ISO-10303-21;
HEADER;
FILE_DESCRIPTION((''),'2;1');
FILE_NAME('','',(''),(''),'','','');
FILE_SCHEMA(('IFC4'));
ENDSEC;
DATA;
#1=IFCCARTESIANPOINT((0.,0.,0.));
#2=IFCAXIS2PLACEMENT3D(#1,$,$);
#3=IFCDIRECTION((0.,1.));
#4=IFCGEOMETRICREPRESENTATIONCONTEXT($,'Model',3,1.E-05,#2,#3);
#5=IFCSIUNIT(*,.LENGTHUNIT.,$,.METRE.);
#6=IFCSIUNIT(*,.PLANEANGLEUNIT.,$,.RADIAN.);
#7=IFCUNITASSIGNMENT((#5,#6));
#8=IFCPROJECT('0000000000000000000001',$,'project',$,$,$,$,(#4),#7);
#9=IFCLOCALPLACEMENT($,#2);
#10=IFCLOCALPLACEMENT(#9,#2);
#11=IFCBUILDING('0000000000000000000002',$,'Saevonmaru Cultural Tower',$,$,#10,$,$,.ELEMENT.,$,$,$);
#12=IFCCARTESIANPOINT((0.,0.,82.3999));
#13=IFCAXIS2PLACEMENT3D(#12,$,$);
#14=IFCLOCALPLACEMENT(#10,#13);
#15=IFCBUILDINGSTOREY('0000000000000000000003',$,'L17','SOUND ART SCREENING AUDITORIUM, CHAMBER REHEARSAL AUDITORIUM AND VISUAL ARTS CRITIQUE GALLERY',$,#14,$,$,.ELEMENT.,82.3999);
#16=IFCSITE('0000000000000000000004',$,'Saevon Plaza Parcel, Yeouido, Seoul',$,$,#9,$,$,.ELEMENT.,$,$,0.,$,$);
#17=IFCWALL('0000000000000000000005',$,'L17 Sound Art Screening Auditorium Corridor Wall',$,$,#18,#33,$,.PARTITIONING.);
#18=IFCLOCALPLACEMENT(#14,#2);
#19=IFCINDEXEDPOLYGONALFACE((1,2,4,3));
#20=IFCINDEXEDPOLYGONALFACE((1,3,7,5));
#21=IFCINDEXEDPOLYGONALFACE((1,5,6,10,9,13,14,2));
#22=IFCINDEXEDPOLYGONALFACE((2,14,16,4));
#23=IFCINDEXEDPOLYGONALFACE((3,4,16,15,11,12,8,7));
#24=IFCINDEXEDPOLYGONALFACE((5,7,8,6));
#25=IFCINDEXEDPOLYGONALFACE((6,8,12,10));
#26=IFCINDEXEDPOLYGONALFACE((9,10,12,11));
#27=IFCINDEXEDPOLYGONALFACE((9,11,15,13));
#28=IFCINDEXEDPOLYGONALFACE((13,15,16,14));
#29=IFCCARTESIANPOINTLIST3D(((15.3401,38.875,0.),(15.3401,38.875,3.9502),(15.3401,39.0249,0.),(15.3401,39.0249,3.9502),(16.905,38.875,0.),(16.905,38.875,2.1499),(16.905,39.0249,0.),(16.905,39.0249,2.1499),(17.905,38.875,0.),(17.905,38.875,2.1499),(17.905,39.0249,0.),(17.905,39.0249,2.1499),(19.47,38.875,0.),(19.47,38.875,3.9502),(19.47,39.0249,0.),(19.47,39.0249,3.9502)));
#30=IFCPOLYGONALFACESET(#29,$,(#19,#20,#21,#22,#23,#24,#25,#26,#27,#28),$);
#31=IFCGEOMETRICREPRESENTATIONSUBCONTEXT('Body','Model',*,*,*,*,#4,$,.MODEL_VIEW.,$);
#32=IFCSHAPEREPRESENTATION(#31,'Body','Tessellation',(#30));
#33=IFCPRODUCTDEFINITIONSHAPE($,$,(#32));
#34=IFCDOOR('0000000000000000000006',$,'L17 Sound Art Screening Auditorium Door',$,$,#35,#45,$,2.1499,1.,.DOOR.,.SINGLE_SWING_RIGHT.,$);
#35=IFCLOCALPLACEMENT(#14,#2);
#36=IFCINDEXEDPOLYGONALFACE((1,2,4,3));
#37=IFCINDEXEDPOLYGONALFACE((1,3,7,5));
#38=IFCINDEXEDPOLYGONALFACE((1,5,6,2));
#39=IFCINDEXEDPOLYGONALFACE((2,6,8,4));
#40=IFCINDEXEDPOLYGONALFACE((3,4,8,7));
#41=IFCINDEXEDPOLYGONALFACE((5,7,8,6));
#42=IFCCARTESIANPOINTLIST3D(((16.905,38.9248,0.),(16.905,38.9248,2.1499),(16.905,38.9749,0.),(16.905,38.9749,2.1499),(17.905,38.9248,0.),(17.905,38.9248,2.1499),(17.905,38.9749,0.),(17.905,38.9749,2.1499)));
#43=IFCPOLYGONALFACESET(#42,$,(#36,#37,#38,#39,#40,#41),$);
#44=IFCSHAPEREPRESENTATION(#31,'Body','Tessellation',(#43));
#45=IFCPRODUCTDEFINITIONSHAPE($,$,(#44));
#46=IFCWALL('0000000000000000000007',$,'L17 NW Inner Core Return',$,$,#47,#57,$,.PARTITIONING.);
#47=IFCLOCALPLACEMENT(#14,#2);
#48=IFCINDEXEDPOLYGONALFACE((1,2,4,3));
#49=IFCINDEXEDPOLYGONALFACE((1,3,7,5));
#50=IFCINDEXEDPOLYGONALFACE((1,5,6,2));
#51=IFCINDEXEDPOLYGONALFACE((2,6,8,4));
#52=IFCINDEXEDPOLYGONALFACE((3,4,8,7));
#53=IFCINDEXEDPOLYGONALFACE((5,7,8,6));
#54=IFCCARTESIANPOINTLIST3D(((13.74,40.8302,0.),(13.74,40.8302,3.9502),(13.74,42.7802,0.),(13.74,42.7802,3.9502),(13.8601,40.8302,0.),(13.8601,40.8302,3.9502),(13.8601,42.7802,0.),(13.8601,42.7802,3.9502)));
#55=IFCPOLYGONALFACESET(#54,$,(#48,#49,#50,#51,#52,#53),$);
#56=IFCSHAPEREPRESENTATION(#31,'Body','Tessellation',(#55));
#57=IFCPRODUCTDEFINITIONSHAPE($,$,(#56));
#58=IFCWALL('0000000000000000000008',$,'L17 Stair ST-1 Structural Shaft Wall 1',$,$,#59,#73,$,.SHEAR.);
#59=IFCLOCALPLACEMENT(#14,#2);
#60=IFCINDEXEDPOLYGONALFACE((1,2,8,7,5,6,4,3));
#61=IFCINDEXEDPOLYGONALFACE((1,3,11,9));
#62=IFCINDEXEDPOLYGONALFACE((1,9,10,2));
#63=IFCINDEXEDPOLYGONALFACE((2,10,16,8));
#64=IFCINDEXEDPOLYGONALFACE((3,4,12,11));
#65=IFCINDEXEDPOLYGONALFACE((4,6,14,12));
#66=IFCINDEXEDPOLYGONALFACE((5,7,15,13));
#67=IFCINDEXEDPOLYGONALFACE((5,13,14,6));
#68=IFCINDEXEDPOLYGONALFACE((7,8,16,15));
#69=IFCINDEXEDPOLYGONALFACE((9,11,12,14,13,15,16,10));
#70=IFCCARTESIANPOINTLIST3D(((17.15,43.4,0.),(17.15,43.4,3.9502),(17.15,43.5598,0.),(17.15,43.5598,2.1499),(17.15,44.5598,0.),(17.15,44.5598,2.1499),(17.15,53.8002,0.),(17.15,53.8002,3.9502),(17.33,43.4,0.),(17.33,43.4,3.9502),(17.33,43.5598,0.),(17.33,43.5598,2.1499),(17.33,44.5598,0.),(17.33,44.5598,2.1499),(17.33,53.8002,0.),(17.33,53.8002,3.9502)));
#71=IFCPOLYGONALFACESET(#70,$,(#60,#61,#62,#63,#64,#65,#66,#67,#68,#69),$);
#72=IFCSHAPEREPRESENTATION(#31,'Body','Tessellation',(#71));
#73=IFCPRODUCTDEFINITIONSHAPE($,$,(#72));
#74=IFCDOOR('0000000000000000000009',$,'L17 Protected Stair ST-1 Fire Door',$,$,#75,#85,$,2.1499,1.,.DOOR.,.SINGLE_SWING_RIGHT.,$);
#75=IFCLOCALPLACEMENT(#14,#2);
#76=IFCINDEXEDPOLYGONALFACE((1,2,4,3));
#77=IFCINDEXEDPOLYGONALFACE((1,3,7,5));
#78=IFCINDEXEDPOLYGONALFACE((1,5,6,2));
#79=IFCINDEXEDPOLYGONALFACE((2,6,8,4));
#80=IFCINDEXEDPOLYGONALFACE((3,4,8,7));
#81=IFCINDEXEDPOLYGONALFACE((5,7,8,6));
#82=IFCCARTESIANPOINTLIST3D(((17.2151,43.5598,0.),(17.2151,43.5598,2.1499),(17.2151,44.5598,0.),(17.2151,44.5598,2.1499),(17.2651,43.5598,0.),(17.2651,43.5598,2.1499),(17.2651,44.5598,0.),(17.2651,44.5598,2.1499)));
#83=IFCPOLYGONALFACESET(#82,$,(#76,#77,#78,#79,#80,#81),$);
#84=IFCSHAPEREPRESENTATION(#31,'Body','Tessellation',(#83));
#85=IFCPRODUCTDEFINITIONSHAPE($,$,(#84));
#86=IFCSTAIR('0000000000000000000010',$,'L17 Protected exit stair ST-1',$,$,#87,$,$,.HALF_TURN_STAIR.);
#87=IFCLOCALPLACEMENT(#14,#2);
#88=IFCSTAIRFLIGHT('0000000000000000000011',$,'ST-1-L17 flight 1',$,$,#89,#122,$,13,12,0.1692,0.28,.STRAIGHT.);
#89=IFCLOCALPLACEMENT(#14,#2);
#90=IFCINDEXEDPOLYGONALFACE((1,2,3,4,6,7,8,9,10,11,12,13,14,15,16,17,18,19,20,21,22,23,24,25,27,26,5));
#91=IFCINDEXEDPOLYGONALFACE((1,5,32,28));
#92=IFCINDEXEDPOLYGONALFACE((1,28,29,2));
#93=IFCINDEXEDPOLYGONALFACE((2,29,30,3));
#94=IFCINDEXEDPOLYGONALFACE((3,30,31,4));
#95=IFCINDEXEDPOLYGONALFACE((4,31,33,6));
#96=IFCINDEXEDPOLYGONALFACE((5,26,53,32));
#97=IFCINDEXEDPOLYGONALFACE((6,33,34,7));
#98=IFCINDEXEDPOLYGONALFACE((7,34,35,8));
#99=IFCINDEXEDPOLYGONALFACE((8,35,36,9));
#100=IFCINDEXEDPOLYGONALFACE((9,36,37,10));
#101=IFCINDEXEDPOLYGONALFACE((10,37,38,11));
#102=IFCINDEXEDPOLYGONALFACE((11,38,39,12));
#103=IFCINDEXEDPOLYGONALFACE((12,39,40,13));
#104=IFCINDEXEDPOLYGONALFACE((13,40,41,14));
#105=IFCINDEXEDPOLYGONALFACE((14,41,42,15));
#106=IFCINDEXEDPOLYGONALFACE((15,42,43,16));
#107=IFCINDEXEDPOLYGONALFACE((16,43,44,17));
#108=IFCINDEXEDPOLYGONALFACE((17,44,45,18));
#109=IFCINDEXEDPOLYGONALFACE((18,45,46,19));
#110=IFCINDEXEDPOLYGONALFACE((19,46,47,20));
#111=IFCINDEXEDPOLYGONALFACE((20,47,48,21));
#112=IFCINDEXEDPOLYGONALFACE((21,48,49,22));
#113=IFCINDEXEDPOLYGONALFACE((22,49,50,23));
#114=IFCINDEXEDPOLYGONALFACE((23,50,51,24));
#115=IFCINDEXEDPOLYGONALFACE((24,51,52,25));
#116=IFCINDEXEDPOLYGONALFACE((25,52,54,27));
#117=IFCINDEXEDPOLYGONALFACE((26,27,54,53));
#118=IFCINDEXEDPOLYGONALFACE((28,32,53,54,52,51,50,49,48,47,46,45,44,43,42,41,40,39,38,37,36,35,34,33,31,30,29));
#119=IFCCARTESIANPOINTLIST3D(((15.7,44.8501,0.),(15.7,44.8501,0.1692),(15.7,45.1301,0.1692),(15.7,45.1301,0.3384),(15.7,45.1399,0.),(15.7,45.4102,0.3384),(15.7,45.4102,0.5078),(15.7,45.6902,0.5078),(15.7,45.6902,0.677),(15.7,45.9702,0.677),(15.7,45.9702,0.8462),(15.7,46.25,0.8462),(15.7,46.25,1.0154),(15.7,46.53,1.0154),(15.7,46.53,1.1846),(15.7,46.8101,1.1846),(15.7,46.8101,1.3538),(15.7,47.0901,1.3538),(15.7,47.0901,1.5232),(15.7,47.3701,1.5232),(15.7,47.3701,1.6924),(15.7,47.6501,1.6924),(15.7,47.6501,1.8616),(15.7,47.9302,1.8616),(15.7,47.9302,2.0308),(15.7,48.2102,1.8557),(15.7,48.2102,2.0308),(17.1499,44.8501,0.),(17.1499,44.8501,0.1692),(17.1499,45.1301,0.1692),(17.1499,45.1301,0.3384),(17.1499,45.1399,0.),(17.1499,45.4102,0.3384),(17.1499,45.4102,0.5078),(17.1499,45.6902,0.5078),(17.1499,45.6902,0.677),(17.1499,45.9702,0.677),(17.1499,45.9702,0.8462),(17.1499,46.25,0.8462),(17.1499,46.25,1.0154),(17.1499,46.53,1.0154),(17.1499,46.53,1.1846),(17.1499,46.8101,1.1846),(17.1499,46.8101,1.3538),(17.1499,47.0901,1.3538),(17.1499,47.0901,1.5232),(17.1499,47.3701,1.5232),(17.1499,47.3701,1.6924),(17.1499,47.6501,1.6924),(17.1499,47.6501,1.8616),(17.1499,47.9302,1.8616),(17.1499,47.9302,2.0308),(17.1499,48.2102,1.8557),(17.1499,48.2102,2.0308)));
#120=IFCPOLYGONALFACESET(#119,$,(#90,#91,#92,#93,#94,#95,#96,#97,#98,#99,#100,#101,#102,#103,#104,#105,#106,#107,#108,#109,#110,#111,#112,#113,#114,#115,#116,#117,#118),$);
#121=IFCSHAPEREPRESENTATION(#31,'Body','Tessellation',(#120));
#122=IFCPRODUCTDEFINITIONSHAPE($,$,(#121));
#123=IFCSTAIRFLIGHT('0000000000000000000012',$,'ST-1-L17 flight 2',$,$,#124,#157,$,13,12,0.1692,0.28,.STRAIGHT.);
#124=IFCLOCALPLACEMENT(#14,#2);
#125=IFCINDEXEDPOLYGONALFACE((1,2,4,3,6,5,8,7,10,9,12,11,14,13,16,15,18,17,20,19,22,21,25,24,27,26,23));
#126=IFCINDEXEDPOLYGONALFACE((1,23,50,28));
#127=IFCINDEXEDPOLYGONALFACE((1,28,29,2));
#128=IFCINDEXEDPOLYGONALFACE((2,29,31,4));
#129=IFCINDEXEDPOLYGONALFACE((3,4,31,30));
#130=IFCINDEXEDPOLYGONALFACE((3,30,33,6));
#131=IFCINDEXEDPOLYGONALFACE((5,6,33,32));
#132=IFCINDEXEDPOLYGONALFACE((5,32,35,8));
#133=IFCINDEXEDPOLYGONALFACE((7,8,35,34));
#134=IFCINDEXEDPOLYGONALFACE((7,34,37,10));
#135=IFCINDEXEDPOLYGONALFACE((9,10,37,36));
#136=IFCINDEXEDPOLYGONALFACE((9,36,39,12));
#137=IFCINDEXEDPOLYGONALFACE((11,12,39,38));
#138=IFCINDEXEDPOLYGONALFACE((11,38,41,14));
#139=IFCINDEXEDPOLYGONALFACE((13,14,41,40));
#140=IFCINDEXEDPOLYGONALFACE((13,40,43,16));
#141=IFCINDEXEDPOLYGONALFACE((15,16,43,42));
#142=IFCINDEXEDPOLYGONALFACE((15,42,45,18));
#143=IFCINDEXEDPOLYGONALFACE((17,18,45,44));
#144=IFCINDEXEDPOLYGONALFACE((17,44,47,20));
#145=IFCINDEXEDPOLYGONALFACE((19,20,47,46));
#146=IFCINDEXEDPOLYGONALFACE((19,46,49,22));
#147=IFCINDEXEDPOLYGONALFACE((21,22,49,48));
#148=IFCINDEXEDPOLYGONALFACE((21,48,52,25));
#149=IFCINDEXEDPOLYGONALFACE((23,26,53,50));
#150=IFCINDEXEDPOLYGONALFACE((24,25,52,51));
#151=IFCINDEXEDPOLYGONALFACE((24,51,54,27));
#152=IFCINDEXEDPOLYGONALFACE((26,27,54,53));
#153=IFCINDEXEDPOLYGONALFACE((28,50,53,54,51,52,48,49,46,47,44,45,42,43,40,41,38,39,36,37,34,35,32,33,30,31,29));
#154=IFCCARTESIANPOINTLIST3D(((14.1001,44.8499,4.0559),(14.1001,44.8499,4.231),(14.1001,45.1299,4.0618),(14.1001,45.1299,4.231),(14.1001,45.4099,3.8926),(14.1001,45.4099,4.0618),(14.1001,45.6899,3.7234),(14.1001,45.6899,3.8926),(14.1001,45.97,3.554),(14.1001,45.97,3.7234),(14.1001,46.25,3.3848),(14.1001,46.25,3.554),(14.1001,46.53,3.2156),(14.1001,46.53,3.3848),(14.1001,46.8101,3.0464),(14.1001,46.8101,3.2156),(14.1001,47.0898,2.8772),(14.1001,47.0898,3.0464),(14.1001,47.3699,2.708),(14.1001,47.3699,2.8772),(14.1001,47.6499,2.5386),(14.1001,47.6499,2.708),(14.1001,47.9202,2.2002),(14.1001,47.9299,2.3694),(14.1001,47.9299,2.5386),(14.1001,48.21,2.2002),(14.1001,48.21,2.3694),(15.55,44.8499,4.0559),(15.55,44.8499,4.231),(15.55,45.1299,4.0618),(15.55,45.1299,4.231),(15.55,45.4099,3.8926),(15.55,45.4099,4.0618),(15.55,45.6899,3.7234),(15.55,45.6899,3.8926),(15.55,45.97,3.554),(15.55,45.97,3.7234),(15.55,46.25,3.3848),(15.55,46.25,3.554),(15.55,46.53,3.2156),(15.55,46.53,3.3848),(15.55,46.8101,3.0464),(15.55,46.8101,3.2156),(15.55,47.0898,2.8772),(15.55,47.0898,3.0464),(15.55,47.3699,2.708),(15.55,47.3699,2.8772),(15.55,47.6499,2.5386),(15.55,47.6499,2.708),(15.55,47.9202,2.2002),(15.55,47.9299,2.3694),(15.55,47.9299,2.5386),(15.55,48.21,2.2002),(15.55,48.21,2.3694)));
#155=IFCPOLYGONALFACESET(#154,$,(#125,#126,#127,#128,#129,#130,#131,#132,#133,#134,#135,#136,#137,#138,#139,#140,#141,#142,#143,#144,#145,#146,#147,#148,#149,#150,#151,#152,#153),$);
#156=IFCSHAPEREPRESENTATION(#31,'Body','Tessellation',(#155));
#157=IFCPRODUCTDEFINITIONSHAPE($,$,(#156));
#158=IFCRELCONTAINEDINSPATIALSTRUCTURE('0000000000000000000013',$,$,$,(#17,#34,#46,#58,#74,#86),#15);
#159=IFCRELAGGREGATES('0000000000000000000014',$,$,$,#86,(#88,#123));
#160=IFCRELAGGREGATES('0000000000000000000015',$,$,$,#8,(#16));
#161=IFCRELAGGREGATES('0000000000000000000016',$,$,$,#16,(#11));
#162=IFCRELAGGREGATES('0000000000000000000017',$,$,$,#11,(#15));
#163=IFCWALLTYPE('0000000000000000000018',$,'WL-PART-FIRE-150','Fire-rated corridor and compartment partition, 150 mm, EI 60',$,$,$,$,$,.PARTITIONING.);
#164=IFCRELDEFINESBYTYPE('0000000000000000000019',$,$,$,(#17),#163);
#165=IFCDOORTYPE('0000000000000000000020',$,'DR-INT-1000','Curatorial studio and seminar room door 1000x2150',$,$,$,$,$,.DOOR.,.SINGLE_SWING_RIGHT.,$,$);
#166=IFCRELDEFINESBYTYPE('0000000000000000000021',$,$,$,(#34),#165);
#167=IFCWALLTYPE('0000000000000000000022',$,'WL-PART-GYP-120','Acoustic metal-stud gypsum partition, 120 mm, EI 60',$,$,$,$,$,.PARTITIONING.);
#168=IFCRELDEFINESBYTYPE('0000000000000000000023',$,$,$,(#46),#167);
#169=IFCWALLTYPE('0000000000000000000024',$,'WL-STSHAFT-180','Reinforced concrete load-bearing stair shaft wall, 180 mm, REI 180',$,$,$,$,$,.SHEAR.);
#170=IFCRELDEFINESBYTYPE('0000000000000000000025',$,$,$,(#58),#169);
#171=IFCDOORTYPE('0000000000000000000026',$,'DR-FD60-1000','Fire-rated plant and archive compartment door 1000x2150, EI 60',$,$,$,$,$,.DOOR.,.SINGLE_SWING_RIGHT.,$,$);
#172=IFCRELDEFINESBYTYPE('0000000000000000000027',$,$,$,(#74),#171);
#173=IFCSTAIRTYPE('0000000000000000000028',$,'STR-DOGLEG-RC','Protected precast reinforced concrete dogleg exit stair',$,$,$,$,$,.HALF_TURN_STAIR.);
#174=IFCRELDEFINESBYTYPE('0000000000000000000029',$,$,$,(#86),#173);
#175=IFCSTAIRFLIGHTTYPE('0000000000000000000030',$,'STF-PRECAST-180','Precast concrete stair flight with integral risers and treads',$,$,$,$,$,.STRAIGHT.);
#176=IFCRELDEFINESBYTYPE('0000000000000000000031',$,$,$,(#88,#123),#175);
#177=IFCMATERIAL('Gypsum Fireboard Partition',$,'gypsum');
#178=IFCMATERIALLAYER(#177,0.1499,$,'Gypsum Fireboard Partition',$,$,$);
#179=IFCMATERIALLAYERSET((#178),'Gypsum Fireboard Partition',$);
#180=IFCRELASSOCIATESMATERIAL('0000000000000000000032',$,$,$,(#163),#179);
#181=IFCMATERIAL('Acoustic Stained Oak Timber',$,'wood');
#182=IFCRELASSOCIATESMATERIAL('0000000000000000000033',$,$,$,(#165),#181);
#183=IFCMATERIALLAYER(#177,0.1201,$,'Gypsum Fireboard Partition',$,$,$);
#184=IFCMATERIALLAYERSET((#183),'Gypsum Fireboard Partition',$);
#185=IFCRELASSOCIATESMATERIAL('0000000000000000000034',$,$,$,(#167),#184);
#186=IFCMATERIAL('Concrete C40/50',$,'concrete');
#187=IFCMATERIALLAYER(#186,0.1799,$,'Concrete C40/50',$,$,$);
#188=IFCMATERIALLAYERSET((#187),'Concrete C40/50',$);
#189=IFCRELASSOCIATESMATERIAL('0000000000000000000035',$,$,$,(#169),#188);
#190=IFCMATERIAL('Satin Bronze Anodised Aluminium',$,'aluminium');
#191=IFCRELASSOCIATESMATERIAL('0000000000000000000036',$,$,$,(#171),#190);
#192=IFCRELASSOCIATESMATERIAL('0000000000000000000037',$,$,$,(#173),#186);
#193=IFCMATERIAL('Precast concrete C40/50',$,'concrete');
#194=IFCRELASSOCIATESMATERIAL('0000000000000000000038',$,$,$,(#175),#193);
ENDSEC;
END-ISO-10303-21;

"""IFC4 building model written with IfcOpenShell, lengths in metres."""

from ifc_helpers import new_model, si_unit, direction, frame, frame_2d, origin, place, context, subcontext, project, spatial, polyline, rectangle, outline, extrude, material, layer, layer_set, type_object, element, fill, aggregate, save


model = new_model("IFC4")

# Units and contexts
model_context = context("Model", 3, precision=1e-05, world=origin(), true_north=direction((0.0, 1.0)))
body_context = subcontext(model_context, "Body", "Model", "MODEL_VIEW")
ifc_project = project(units=[si_unit("LENGTHUNIT", "METRE"), si_unit("PLANEANGLEUNIT", "RADIAN")], contexts=[model_context])

# Site, building, storey
site_placement = place(None, origin())
site = spatial("IfcSite", under=ifc_project, at=site_placement, Name="Saevon Plaza Parcel, Yeouido, Seoul", CompositionType="ELEMENT", RefElevation=0.0)
building_placement = place(site_placement, origin())
building = spatial("IfcBuilding", under=site, at=building_placement, Name="Saevonmaru Cultural Tower", CompositionType="ELEMENT")
storey_placement = place(building_placement, frame((0.0, 0.0, 82.3999)))
storey = spatial("IfcBuildingStorey", under=building, at=storey_placement, Name="L17", Description="SOUND ART SCREENING AUDITORIUM, CHAMBER REHEARSAL AUDITORIUM AND VISUAL ARTS CRITIQUE GALLERY", CompositionType="ELEMENT", Elevation=82.3999)

# Shared definitions
ifc_material_1 = material(Name="Satin Bronze Anodised Aluminium", Category="aluminium")

# Shared definitions
ifc_material_2 = material(Name="Gypsum Fireboard Partition", Category="gypsum")

# Shared definitions
ifc_layer_1 = layer(ifc_material_2, 0.1499, Name="Gypsum Fireboard Partition")
ifc_layer_set_1 = layer_set([ifc_layer_1], Name="Gypsum Fireboard Partition")
wall_type_1 = type_object("IfcWallType", Name="WL-PART-FIRE-150", Description="Fire-rated corridor and compartment partition, 150 mm, EI 60", PredefinedType="PARTITIONING", material=ifc_layer_set_1)

# Wall, opening, door
ifc_material_3 = material(Name="Acoustic Stained Oak Timber", Category="wood")
door_type_1 = type_object("IfcDoorType", Name="DR-INT-1000", Description="Curatorial studio and seminar room door 1000x2150", OperationType="SINGLE_SWING_RIGHT", PredefinedType="DOOR", material=ifc_material_3)
wall_1_placement = place(storey_placement, frame((15.3401, 38.95, 0.0), z_axis=(0.0, 0.0, 1.0), x_axis=(1.0, 0.0, 0.0)))
wall_1 = element("IfcWall", 1, at=wall_1_placement, inside=storey, type_object=wall_type_1, Name="L17 Sound Art Screening Auditorium Corridor Wall", PredefinedType="PARTITIONING", context=body_context, shape_type="SweptSolid", body=[
    extrude(rectangle(XDim=4.1299, YDim=0.1499, at=frame_2d((2.0649, 0.0))), origin(), (0.0, 0.0, 1.0), 3.9502),
])
opening_1_placement = place(wall_1_placement, frame((1.5649, 0.0, 0.0)))
opening_1 = element("IfcOpeningElement", 2, at=opening_1_placement, cuts=wall_1, PredefinedType="OPENING", context=body_context, shape_type="SweptSolid", body=[
    extrude(rectangle(XDim=1.0, YDim=2.1499, at=frame_2d((0.5, 1.075))), frame((0.0, 0.085, 0.0), z_axis=(0.0, -1.0, 0.0), x_axis=(1.0, 0.0, 0.0)), (0.0, 0.0, 1.0), 0.1699),
])
door_1_placement = place(opening_1_placement, origin())
door_1 = element("IfcDoor", 3, at=door_1_placement, inside=storey, type_object=door_type_1, Name="L17 Sound Art Screening Auditorium Door", OperationType="SINGLE_SWING_RIGHT", OverallHeight=2.1499, OverallWidth=1.0, PredefinedType="DOOR", context=body_context, shape_type="SweptSolid", body=[
    extrude(rectangle(XDim=1.0, YDim=2.1499, at=frame_2d((0.5, 1.075))), frame((0.0, 0.0249, 0.0), z_axis=(0.0, -1.0, 0.0), x_axis=(1.0, 0.0, 0.0)), (0.0, 0.0, 1.0), 0.05),
])
fill(opening_1, door_1)

# Wall
ifc_layer_2 = layer(ifc_material_2, 0.1201, Name="Gypsum Fireboard Partition")
ifc_layer_set_2 = layer_set([ifc_layer_2], Name="Gypsum Fireboard Partition")
wall_type_2 = type_object("IfcWallType", Name="WL-PART-GYP-120", Description="Acoustic metal-stud gypsum partition, 120 mm, EI 60", PredefinedType="PARTITIONING", material=ifc_layer_set_2)
wall_2_placement = place(storey_placement, frame((13.8, 40.8301, 0.0), z_axis=(0.0, 0.0, 1.0), x_axis=(0.0, 1.0, 0.0)))
element("IfcWall", 4, at=wall_2_placement, inside=storey, type_object=wall_type_2, Name="L17 NW Inner Core Return", PredefinedType="PARTITIONING", context=body_context, shape_type="SweptSolid", body=[
    extrude(rectangle(XDim=1.95, YDim=0.1201, at=frame_2d((0.9751, 0.0))), origin(), (0.0, 0.0, 1.0), 3.9502),
])

# Wall, opening, door
ifc_material_4 = material(Name="Concrete C40/50", Category="concrete")
ifc_layer_3 = layer(ifc_material_4, 0.1799, Name="Concrete C40/50")
ifc_layer_set_3 = layer_set([ifc_layer_3], Name="Concrete C40/50")
wall_type_3 = type_object("IfcWallType", Name="WL-STSHAFT-180", Description="Reinforced concrete load-bearing stair shaft wall, 180 mm, REI 180", PredefinedType="SHEAR", material=ifc_layer_set_3)
wall_3_placement = place(storey_placement, frame((17.24, 43.3999, 0.0), z_axis=(0.0, 0.0, 1.0), x_axis=(0.0, 1.0, 0.0)))
wall_3 = element("IfcWall", 5, at=wall_3_placement, inside=storey, type_object=wall_type_3, Name="L17 Stair ST-1 Structural Shaft Wall 1", PredefinedType="SHEAR", context=body_context, shape_type="SweptSolid", body=[
    extrude(rectangle(XDim=10.4001, YDim=0.1799, at=frame_2d((5.2002, 0.0))), origin(), (0.0, 0.0, 1.0), 3.9502),
])
opening_2_placement = place(wall_3_placement, frame((0.1599, 0.0, 0.0)))
opening_2 = element("IfcOpeningElement", 6, at=opening_2_placement, cuts=wall_3, PredefinedType="OPENING", context=body_context, shape_type="SweptSolid", body=[
    extrude(rectangle(XDim=1.0, YDim=2.1499, at=frame_2d((0.5, 1.075))), frame((0.0, 0.1001, 0.0), z_axis=(0.0, -1.0, 0.0), x_axis=(1.0, 0.0, 0.0)), (0.0, 0.0, 1.0), 0.2),
])
door_type_2 = type_object("IfcDoorType", Name="DR-FD60-1000", Description="Fire-rated plant and archive compartment door 1000x2150, EI 60", OperationType="SINGLE_SWING_RIGHT", PredefinedType="DOOR", material=ifc_material_1)
door_2_placement = place(opening_2_placement, origin())
door_2 = element("IfcDoor", 7, at=door_2_placement, inside=storey, type_object=door_type_2, Name="L17 Protected Stair ST-1 Fire Door", OperationType="SINGLE_SWING_RIGHT", OverallHeight=2.1499, OverallWidth=1.0, PredefinedType="DOOR", context=body_context, shape_type="SweptSolid", body=[
    extrude(rectangle(XDim=1.0, YDim=2.1499, at=frame_2d((0.5, 1.075))), frame((0.0, 0.0249, 0.0), z_axis=(0.0, -1.0, 0.0), x_axis=(1.0, 0.0, 0.0)), (0.0, 0.0, 1.0), 0.05),
])
fill(opening_2, door_2)

# Stair, stair flights
stair_type = type_object("IfcStairType", Name="STR-DOGLEG-RC", Description="Protected precast reinforced concrete dogleg exit stair", PredefinedType="HALF_TURN_STAIR", material=ifc_material_4)
stair_placement = place(storey_placement, origin())
stair = element("IfcStair", 8, at=stair_placement, inside=storey, type_object=stair_type, Name="L17 Protected exit stair ST-1", PredefinedType="HALF_TURN_STAIR")
ifc_material_5 = material(Name="Precast concrete C40/50", Category="concrete")
stair_flight_type = type_object("IfcStairFlightType", Name="STF-PRECAST-180", Description="Precast concrete stair flight with integral risers and treads", PredefinedType="STRAIGHT", material=ifc_material_5)
stair_flight_1_placement = place(storey_placement, frame((16.425, 44.8501, 0.0), z_axis=(0.0, 0.0, 1.0), x_axis=(0.0, 1.0, 0.0)))
stair_flight_1 = element("IfcStairFlight", 9, at=stair_flight_1_placement, type_object=stair_flight_type, Name="ST-1-L17 flight 1", NumberOfRisers=13, NumberOfTreads=12, PredefinedType="STRAIGHT", RiserHeight=0.1692, TreadLength=0.28, context=body_context, shape_type="SweptSolid", body=[
    extrude(outline(polyline([(0.0, 0.0), (0.0, 0.1692), (0.28, 0.1692), (0.28, 0.3384), (0.5601, 0.3384), (0.5601, 0.5078), (0.8401, 0.5078), (0.8401, 0.677), (1.1201, 0.677), (1.1201, 0.8462), (1.3999, 0.8462), (1.3999, 1.0154), (1.6799, 1.0154), (1.6799, 1.1846), (1.96, 1.1846), (1.96, 1.3538), (2.24, 1.3538), (2.24, 1.5232), (2.52, 1.5232), (2.52, 1.6924), (2.8, 1.6924), (2.8, 1.8616), (3.0801, 1.8616), (3.0801, 2.0308), (3.3601, 2.0308), (3.3601, 2.2), (3.3601, 1.8557), (0.2898, 0.0), (0.0, 0.0)])), frame((0.0, 0.7251, 0.0), z_axis=(0.0, -1.0, 0.0), x_axis=(1.0, 0.0, 0.0)), (0.0, 0.0, 1.0), 1.45),
])
stair_flight_2_placement = place(storey_placement, frame((14.825, 48.21, 2.2002), z_axis=(0.0, 0.0, 1.0), x_axis=(0.0, -1.0, 0.0)))
stair_flight_2 = element("IfcStairFlight", 10, at=stair_flight_2_placement, type_object=stair_flight_type, Name="ST-1-L17 flight 2", NumberOfRisers=13, NumberOfTreads=12, PredefinedType="STRAIGHT", RiserHeight=0.1692, TreadLength=0.28, context=body_context, shape_type="SweptSolid", body=[
    extrude(outline(polyline([(0.0, 0.0), (0.0, 0.1692), (0.28, 0.1692), (0.28, 0.3384), (0.5601, 0.3384), (0.5601, 0.5078), (0.8401, 0.5078), (0.8401, 0.677), (1.1201, 0.677), (1.1201, 0.8462), (1.3999, 0.8462), (1.3999, 1.0154), (1.6799, 1.0154), (1.6799, 1.1846), (1.96, 1.1846), (1.96, 1.3538), (2.24, 1.3538), (2.24, 1.5232), (2.52, 1.5232), (2.52, 1.6924), (2.8, 1.6924), (2.8, 1.8616), (3.0801, 1.8616), (3.0801, 2.0308), (3.3601, 2.0308), (3.3601, 2.2), (3.3601, 1.8557), (0.2898, 0.0), (0.0, 0.0)])), frame((0.0, 0.7251, 0.0), z_axis=(0.0, -1.0, 0.0), x_axis=(1.0, 0.0, 0.0)), (0.0, 0.0, 1.0), 1.45),
])
aggregate(stair, [stair_flight_1, stair_flight_2])

save(model, "model.ifc")
